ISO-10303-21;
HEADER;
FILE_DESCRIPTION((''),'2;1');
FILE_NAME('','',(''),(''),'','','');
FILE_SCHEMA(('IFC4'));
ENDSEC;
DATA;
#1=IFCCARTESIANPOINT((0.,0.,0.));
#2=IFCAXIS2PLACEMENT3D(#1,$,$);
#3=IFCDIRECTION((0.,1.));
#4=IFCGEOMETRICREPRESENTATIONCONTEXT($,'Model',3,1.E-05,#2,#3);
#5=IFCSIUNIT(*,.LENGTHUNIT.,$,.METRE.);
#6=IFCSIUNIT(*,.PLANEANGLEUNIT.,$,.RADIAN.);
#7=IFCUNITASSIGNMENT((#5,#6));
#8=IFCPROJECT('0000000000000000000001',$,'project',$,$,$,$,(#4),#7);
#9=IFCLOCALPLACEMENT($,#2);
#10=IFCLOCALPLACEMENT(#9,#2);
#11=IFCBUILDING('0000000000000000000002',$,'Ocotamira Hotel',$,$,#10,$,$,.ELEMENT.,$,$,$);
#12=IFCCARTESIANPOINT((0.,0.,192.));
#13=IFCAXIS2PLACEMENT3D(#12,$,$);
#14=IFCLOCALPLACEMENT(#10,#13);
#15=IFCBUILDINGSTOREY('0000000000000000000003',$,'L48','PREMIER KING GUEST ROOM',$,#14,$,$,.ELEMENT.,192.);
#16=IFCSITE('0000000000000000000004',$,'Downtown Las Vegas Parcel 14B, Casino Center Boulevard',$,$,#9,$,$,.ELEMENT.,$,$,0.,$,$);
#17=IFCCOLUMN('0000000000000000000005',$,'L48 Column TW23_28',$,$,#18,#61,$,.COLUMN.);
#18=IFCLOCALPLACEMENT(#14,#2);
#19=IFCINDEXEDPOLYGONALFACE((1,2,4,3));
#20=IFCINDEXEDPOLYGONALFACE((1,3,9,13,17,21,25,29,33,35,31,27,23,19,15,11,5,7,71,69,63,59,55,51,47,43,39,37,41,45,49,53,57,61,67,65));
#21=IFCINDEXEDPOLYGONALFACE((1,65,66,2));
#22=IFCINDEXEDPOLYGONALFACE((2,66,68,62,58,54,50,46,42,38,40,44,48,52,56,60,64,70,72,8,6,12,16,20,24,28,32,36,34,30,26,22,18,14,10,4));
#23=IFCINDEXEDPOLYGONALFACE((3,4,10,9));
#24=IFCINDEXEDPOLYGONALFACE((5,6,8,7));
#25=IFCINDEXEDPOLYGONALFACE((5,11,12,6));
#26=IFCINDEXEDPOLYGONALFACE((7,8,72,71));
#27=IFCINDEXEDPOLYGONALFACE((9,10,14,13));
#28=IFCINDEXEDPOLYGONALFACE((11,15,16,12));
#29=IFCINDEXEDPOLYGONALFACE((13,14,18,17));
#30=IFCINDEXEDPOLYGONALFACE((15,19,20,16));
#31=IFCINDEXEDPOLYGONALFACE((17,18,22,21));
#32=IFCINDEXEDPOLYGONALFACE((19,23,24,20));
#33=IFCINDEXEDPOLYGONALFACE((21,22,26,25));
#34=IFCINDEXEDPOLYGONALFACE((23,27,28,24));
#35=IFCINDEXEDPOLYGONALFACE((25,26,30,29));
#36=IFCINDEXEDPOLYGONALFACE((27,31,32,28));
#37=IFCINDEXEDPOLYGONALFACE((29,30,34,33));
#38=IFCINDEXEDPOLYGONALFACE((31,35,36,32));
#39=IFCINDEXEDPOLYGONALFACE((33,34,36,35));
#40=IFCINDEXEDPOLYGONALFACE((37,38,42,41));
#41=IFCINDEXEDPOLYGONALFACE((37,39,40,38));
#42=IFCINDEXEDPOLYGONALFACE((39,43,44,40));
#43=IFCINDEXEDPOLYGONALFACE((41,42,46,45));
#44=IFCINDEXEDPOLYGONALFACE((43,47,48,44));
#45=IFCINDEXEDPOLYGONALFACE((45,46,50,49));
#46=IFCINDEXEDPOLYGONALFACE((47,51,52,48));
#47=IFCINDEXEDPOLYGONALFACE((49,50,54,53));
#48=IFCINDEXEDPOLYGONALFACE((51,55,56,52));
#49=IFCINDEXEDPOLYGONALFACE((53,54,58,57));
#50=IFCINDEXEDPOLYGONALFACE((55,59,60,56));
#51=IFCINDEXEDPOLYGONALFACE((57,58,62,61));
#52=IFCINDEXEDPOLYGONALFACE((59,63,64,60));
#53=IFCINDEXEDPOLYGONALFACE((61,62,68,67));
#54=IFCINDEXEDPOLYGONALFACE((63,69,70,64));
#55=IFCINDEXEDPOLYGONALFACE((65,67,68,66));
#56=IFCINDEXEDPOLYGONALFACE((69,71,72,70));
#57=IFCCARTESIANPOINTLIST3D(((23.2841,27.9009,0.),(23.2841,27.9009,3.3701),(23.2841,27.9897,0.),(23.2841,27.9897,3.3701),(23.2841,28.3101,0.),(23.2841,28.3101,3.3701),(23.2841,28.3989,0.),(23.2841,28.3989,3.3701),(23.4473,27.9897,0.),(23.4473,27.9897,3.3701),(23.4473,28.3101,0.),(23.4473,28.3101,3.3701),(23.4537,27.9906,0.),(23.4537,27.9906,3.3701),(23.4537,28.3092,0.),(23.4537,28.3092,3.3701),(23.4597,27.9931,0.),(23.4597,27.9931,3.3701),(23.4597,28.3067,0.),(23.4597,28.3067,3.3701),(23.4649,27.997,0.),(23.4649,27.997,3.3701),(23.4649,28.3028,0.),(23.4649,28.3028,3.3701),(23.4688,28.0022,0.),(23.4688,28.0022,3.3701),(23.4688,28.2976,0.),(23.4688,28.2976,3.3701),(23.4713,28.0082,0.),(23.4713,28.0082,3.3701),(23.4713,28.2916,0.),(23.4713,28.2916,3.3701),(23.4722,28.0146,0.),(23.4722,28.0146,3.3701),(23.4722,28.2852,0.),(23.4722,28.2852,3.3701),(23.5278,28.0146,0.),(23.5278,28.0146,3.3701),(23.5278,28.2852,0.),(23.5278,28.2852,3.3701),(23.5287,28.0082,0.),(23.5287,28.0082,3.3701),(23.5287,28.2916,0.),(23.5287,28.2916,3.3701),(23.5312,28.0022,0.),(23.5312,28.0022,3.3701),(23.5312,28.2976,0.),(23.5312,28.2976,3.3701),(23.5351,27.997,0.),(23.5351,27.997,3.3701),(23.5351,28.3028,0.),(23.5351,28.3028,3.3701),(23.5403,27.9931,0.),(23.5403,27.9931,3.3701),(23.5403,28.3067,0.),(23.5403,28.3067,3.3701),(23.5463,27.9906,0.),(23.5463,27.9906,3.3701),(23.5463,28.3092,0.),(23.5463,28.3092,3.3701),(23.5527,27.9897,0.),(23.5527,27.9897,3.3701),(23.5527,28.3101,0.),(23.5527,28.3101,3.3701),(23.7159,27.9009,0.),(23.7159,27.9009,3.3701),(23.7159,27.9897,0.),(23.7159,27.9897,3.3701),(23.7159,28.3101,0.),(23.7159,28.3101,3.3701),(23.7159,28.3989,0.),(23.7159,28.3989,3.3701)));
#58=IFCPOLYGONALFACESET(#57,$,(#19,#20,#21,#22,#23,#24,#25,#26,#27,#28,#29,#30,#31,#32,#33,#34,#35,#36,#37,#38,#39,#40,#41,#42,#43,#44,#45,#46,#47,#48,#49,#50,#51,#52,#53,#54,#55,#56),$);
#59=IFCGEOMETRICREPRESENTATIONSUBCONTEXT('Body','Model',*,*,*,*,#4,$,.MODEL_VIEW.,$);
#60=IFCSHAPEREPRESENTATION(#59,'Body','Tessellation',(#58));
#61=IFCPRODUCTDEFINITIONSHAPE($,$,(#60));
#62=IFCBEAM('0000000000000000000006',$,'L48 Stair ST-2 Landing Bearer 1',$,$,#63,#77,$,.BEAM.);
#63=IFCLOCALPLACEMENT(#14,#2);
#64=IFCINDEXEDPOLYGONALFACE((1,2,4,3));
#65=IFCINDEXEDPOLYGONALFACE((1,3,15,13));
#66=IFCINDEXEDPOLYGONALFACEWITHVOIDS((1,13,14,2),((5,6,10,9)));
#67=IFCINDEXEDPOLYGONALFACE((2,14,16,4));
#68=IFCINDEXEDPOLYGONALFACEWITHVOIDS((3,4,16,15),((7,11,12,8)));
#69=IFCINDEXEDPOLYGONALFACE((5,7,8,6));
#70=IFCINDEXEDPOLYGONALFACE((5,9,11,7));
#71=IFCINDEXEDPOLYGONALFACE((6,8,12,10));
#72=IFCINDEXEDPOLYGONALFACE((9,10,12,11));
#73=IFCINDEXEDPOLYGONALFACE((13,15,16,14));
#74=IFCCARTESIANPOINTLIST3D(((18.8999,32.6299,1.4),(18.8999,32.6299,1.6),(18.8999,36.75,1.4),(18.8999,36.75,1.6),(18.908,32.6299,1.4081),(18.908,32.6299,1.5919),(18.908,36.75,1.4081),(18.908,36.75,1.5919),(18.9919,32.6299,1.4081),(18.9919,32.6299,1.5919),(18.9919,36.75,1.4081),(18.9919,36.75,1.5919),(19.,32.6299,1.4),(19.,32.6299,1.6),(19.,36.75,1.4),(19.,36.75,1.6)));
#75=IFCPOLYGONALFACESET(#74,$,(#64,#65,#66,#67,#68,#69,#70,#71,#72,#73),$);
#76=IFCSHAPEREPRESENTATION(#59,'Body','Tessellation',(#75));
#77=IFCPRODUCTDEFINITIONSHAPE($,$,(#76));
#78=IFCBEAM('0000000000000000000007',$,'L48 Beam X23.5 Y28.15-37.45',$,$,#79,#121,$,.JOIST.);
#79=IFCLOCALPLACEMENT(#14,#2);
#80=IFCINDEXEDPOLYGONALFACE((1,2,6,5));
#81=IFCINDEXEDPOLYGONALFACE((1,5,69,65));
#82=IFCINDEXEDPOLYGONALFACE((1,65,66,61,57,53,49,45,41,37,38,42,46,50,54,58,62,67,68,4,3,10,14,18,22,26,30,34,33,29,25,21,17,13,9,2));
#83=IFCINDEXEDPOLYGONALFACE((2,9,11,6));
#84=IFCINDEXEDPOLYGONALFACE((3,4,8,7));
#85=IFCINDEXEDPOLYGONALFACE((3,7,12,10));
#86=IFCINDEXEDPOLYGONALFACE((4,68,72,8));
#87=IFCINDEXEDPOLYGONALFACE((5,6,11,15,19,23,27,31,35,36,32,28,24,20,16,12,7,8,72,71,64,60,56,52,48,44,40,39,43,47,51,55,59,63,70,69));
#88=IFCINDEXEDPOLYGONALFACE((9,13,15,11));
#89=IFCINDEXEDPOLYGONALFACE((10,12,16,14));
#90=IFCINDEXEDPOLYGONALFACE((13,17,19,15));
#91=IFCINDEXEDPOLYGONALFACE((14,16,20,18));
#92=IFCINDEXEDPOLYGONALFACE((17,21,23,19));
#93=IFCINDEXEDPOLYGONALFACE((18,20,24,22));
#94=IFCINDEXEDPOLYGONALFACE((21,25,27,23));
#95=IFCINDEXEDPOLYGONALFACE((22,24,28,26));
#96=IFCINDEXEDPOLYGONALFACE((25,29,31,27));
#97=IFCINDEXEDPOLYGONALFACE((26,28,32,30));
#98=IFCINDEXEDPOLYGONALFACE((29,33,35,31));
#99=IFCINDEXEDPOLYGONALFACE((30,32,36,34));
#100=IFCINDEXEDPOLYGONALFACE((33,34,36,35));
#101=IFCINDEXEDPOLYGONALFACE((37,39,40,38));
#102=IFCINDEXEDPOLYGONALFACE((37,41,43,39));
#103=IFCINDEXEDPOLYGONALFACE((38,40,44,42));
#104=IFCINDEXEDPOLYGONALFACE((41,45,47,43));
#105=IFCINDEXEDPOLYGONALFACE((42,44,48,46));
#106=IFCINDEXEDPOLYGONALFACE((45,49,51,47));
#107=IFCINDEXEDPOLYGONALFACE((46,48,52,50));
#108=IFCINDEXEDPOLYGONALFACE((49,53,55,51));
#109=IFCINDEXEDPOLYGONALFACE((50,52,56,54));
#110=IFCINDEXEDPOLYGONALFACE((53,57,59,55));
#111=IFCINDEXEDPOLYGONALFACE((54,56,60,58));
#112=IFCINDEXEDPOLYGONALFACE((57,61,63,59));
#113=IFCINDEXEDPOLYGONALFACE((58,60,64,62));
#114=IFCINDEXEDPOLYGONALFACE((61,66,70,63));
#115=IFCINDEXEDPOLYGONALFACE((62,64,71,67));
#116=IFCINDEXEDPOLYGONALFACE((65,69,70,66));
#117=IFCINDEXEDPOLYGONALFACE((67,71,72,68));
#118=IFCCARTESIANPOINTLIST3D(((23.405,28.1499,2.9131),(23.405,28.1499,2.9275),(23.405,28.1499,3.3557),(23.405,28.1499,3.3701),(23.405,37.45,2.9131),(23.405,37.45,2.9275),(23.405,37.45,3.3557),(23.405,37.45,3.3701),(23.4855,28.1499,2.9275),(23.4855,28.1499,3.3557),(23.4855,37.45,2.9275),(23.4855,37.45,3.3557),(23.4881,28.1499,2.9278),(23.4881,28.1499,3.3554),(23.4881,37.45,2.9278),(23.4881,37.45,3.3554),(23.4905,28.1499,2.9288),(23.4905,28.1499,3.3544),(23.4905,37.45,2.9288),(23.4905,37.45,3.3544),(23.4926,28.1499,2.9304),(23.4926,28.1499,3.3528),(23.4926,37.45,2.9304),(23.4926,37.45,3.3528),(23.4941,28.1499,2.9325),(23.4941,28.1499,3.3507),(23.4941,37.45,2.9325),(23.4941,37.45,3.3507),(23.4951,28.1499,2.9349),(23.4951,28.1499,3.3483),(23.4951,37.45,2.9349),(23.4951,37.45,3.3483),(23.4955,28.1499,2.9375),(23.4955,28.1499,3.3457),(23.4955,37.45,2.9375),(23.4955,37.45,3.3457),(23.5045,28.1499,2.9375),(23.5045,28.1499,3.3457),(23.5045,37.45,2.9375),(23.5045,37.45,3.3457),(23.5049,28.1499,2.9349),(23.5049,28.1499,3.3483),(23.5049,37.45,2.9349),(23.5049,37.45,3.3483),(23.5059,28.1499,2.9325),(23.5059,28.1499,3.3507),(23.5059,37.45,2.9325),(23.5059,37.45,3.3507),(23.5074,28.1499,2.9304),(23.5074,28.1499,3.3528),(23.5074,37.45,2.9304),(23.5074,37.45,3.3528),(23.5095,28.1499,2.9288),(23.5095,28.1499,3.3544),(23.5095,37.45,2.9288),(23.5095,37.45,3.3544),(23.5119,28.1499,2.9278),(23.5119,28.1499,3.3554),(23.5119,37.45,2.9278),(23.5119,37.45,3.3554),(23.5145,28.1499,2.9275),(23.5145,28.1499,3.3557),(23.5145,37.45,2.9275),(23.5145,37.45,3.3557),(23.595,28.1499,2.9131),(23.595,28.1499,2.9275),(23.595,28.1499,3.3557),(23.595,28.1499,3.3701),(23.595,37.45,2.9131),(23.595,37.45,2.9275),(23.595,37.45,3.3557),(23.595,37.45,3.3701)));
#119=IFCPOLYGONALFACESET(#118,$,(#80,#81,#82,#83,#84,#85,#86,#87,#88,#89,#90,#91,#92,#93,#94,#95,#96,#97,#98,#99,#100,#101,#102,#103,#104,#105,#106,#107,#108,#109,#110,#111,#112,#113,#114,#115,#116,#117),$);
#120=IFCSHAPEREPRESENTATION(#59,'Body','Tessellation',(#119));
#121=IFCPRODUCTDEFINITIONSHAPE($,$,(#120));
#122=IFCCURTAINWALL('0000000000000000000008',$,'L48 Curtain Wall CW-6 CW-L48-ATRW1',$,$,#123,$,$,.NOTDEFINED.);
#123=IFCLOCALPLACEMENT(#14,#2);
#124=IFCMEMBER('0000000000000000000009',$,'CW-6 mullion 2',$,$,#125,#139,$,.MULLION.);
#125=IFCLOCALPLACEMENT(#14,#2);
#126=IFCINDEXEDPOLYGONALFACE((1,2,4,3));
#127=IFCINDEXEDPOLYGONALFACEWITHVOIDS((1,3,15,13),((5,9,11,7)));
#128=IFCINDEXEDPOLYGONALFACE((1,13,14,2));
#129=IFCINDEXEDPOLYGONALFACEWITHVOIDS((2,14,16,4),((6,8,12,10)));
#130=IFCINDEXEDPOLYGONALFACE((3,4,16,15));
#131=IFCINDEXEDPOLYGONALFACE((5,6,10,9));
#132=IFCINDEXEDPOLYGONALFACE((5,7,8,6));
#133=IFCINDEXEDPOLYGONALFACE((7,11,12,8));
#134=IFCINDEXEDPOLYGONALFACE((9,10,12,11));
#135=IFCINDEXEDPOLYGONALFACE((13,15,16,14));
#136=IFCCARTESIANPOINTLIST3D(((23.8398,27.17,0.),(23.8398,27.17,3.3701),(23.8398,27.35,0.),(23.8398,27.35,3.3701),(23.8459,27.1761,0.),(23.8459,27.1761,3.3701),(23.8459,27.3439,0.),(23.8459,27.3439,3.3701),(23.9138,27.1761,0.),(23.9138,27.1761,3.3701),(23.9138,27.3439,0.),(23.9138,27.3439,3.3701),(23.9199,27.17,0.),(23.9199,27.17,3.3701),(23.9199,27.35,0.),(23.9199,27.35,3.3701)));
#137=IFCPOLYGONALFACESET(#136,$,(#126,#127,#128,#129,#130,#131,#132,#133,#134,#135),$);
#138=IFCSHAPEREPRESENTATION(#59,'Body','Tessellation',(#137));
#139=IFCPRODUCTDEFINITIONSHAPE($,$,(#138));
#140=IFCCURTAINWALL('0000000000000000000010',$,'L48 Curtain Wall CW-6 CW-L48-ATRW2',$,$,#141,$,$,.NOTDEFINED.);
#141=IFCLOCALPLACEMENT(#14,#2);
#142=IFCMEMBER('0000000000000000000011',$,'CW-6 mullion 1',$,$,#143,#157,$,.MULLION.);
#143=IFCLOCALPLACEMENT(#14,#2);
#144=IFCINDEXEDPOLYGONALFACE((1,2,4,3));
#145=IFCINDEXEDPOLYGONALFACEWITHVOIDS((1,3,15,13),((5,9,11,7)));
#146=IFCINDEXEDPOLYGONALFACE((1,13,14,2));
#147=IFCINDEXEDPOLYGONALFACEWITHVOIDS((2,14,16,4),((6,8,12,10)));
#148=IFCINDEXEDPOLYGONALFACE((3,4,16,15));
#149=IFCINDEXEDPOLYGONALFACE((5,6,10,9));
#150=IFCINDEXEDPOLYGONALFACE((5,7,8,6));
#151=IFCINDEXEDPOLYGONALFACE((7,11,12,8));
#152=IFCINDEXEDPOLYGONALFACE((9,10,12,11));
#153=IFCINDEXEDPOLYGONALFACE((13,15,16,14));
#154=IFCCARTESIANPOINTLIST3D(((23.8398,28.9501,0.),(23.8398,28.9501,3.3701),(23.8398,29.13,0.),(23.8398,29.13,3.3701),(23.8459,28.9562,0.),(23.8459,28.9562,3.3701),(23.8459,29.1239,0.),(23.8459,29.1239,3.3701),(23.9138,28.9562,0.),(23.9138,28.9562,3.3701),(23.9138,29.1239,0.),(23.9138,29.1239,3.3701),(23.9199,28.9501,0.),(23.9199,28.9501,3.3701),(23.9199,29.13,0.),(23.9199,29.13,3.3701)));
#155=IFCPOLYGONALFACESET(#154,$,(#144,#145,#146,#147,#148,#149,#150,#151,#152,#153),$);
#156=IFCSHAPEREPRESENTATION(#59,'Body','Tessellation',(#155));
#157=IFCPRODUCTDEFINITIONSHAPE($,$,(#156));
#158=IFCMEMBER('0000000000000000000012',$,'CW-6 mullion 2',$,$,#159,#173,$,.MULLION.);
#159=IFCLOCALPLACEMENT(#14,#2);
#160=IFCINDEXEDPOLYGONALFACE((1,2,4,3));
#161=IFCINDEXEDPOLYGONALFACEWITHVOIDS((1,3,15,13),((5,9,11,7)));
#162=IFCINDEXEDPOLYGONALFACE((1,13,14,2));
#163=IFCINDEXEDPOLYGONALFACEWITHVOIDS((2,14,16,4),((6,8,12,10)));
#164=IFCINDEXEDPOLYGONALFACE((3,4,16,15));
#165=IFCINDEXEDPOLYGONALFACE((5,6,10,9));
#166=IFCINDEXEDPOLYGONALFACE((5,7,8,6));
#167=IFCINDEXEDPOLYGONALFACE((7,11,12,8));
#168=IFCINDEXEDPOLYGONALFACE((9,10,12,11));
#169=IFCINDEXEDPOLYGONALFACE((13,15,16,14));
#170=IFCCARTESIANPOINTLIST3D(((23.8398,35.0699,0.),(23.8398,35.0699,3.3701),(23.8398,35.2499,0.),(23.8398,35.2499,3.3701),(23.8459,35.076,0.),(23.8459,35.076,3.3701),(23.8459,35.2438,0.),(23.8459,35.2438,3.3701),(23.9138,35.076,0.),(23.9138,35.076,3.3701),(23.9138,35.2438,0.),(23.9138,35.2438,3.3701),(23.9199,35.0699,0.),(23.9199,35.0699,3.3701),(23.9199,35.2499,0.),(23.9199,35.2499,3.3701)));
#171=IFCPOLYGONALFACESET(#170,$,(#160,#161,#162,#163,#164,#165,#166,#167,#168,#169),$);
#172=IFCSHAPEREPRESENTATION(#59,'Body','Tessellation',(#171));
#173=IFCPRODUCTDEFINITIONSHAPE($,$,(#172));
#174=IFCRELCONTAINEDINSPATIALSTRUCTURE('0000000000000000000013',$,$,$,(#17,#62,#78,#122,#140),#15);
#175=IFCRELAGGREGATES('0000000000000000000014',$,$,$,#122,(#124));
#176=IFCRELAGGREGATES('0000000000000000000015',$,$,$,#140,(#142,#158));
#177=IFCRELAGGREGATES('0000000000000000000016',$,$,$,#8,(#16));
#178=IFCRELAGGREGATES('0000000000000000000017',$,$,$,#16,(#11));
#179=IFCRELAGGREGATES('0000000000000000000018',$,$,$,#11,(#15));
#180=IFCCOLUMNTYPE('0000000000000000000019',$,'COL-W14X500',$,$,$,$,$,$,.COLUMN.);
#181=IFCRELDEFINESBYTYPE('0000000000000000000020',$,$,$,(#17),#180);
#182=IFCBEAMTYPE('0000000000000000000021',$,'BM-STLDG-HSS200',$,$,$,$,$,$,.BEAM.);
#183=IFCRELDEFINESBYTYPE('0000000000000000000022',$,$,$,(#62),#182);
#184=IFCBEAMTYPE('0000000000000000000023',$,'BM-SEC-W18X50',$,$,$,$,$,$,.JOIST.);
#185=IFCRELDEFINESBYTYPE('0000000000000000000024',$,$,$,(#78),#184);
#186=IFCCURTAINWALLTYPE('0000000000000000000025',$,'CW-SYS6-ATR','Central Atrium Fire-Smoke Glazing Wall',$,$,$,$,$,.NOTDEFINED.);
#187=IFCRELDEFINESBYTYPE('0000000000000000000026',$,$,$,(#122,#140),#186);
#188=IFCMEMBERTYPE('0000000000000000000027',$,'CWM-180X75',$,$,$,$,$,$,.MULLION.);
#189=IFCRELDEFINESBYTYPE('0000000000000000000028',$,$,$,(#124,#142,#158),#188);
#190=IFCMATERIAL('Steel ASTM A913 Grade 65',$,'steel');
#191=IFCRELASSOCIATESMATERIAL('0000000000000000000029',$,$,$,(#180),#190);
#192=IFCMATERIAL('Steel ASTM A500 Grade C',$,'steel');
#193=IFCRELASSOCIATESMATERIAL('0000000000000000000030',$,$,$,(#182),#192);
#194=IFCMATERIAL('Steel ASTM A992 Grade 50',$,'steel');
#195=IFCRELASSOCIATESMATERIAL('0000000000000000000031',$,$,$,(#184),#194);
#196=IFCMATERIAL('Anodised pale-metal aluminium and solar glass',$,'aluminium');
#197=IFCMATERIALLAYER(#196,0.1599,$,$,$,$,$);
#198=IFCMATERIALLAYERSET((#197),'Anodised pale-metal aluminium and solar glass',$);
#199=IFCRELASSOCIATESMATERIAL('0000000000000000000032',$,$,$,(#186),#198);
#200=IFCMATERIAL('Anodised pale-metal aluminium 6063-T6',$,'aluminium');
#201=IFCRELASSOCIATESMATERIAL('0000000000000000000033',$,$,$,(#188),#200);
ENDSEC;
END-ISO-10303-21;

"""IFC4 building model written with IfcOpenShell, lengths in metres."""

from ifc_helpers import new_model, si_unit, direction, frame, origin, origin_2d, place, context, subcontext, project, spatial, hollow_rectangle, i_section, extrude, source, transform, mapped, material, layer, layer_set, material_profile, profile_set, type_object, element, aggregate, save


model = new_model("IFC4")

# Units and contexts
model_context = context("Model", 3, precision=1e-05, world=origin(), true_north=direction((0.0, 1.0)))
body_context = subcontext(model_context, "Body", "Model", "MODEL_VIEW")
ifc_project = project(units=[si_unit("LENGTHUNIT", "METRE"), si_unit("PLANEANGLEUNIT", "RADIAN")], contexts=[model_context])

# Site, building, storey
site_placement = place(None, origin())
site = spatial("IfcSite", under=ifc_project, at=site_placement, Name="Downtown Las Vegas Parcel 14B, Casino Center Boulevard", CompositionType="ELEMENT", RefElevation=0.0)
building_placement = place(site_placement, origin())
building = spatial("IfcBuilding", under=site, at=building_placement, Name="Ocotamira Hotel", CompositionType="ELEMENT")
storey_placement = place(building_placement, frame((0.0, 0.0, 192.0)))
storey = spatial("IfcBuildingStorey", under=building, at=storey_placement, Name="L48", Description="PREMIER KING GUEST ROOM", CompositionType="ELEMENT", Elevation=192.0)

# Column
ifc_material_1 = material(Name="Steel ASTM A913 Grade 65", Category="steel")
ifc_material_profile_1 = material_profile(ifc_material_1, i_section(OverallWidth=0.4319, OverallDepth=0.498, WebThickness=0.0557, FlangeThickness=0.0889, FilletRadius=0.0249, at=origin_2d()), Name="W14X500")
ifc_profile_set_1 = profile_set([ifc_material_profile_1], Name="Steel ASTM A913 Grade 65")
column_type = type_object("IfcColumnType", Name="COL-W14X500", PredefinedType="COLUMN", material=ifc_profile_set_1)
shared_shape_1 = source(origin(), body_context, "Body", "SweptSolid", [
    extrude(i_section(OverallWidth=0.4319, OverallDepth=0.498, WebThickness=0.0557, FlangeThickness=0.0889, FilletRadius=0.0249, at=origin_2d()), origin(), (0.0, 0.0, 1.0), 3.3701),
])
column_placement = place(storey_placement, frame((23.5, 28.1499, 0.0), z_axis=(0.0, 0.0, 1.0), x_axis=(1.0, 0.0, 0.0)))
element("IfcColumn", 1, at=column_placement, inside=storey, type_object=column_type, Name="L48 Column TW23_28", PredefinedType="COLUMN", context=body_context, shape_type="MappedRepresentation", body=[
    mapped(shared_shape_1, transform((0.0, 0.0, 0.0), scale=1.0)),
])

# Beams
ifc_material_2 = material(Name="Steel ASTM A500 Grade C", Category="steel")
ifc_material_profile_2 = material_profile(ifc_material_2, hollow_rectangle(XDim=0.1001, YDim=0.2, WallThickness=0.0081, at=origin_2d()), Name="HSS200X100X8")
ifc_profile_set_2 = profile_set([ifc_material_profile_2], Name="Steel ASTM A500 Grade C")
beam_type_1 = type_object("IfcBeamType", Name="BM-STLDG-HSS200", PredefinedType="BEAM", material=ifc_profile_set_2)
shared_shape_2 = source(origin(), body_context, "Body", "SweptSolid", [
    extrude(hollow_rectangle(XDim=0.1001, YDim=0.2, WallThickness=0.0081, at=origin_2d()), origin(), (0.0, 0.0, 1.0), 4.1201),
])
beam_1_placement = place(storey_placement, frame((18.95, 32.6299, 1.5), z_axis=(0.0, 1.0, 0.0), x_axis=(-1.0, 0.0, 0.0)))
element("IfcBeam", 2, at=beam_1_placement, inside=storey, type_object=beam_type_1, Name="L48 Stair ST-2 Landing Bearer 1", PredefinedType="BEAM", context=body_context, shape_type="MappedRepresentation", body=[
    mapped(shared_shape_2, transform((0.0, 0.0, 0.0), scale=1.0)),
])
ifc_material_3 = material(Name="Steel ASTM A992 Grade 50", Category="steel")
ifc_material_profile_3 = material_profile(ifc_material_3, i_section(OverallWidth=0.1899, OverallDepth=0.457, WebThickness=0.009, FlangeThickness=0.0144, FilletRadius=0.01, at=origin_2d()), Name="W18X50")
ifc_profile_set_3 = profile_set([ifc_material_profile_3], Name="Steel ASTM A992 Grade 50")
beam_type_2 = type_object("IfcBeamType", Name="BM-SEC-W18X50", PredefinedType="JOIST", material=ifc_profile_set_3)
shared_shape_3 = source(origin(), body_context, "Body", "SweptSolid", [
    extrude(i_section(OverallWidth=0.1899, OverallDepth=0.457, WebThickness=0.009, FlangeThickness=0.0144, FilletRadius=0.01, at=origin_2d()), origin(), (0.0, 0.0, 1.0), 9.3),
])
beam_2_placement = place(storey_placement, frame((23.5, 28.1499, 3.1416), z_axis=(0.0, 1.0, 0.0), x_axis=(-1.0, 0.0, 0.0)))
element("IfcBeam", 3, at=beam_2_placement, inside=storey, type_object=beam_type_2, Name="L48 Beam X23.5 Y28.15-37.45", PredefinedType="JOIST", context=body_context, shape_type="MappedRepresentation", body=[
    mapped(shared_shape_3, transform((0.0, 0.0, 0.0), scale=1.0)),
])

# Curtain wall, member
ifc_material_4 = material(Name="Anodised pale-metal aluminium and solar glass", Category="aluminium")
ifc_layer_1 = layer(ifc_material_4, 0.1599)
ifc_layer_set_1 = layer_set([ifc_layer_1], Name="Anodised pale-metal aluminium and solar glass")
curtain_wall_type = type_object("IfcCurtainWallType", Name="CW-SYS6-ATR", Description="Central Atrium Fire-Smoke Glazing Wall", PredefinedType="NOTDEFINED", material=ifc_layer_set_1)
curtain_wall_1_placement = place(storey_placement, origin())
curtain_wall_1 = element("IfcCurtainWall", 4, at=curtain_wall_1_placement, inside=storey, type_object=curtain_wall_type, Name="L48 Curtain Wall CW-6 CW-L48-ATRW1", PredefinedType="NOTDEFINED")
ifc_material_5 = material(Name="Anodised pale-metal aluminium 6063-T6", Category="aluminium")
ifc_material_profile_4 = material_profile(ifc_material_5, hollow_rectangle(XDim=0.0801, YDim=0.1799, WallThickness=0.0061, at=origin_2d()), Name="HSS180X80X6")
ifc_profile_set_4 = profile_set([ifc_material_profile_4], Name="Anodised pale-metal aluminium 6063-T6")
member_type_1 = type_object("IfcMemberType", Name="CWM-180X75", PredefinedType="MULLION", material=ifc_profile_set_4)
shared_shape_4 = source(origin(), body_context, "Body", "SweptSolid", [
    extrude(hollow_rectangle(XDim=0.0801, YDim=0.1799, WallThickness=0.0061, at=origin_2d()), origin(), (0.0, 0.0, 1.0), 3.3701),
])
member_1_placement = place(storey_placement, frame((23.8799, 27.26, 0.0), z_axis=(0.0, 0.0, 1.0), x_axis=(-1.0, 0.0, 0.0)))
member_1 = element("IfcMember", 5, at=member_1_placement, type_object=member_type_1, Name="CW-6 mullion 2", PredefinedType="MULLION", context=body_context, shape_type="MappedRepresentation", body=[
    mapped(shared_shape_4, transform((0.0, 0.0, 0.0), scale=1.0)),
])
aggregate(curtain_wall_1, [member_1])

# Curtain wall, members
curtain_wall_2_placement = place(storey_placement, origin())
curtain_wall_2 = element("IfcCurtainWall", 6, at=curtain_wall_2_placement, inside=storey, type_object=curtain_wall_type, Name="L48 Curtain Wall CW-6 CW-L48-ATRW2", PredefinedType="NOTDEFINED")
member_2_placement = place(storey_placement, frame((23.8799, 29.04, 0.0), z_axis=(0.0, 0.0, 1.0), x_axis=(-1.0, 0.0, 0.0)))
member_2 = element("IfcMember", 7, at=member_2_placement, type_object=member_type_1, Name="CW-6 mullion 1", PredefinedType="MULLION", context=body_context, shape_type="MappedRepresentation", body=[
    mapped(shared_shape_4, transform((0.0, 0.0, 0.0), scale=1.0)),
])
member_3_placement = place(storey_placement, frame((23.8799, 35.1599, 0.0), z_axis=(0.0, 0.0, 1.0), x_axis=(-1.0, 0.0, 0.0)))
member_3 = element("IfcMember", 8, at=member_3_placement, type_object=member_type_1, Name="CW-6 mullion 2", PredefinedType="MULLION", context=body_context, shape_type="MappedRepresentation", body=[
    mapped(shared_shape_4, transform((0.0, 0.0, 0.0), scale=1.0)),
])
aggregate(curtain_wall_2, [member_2, member_3])

save(model, "model.ifc")
